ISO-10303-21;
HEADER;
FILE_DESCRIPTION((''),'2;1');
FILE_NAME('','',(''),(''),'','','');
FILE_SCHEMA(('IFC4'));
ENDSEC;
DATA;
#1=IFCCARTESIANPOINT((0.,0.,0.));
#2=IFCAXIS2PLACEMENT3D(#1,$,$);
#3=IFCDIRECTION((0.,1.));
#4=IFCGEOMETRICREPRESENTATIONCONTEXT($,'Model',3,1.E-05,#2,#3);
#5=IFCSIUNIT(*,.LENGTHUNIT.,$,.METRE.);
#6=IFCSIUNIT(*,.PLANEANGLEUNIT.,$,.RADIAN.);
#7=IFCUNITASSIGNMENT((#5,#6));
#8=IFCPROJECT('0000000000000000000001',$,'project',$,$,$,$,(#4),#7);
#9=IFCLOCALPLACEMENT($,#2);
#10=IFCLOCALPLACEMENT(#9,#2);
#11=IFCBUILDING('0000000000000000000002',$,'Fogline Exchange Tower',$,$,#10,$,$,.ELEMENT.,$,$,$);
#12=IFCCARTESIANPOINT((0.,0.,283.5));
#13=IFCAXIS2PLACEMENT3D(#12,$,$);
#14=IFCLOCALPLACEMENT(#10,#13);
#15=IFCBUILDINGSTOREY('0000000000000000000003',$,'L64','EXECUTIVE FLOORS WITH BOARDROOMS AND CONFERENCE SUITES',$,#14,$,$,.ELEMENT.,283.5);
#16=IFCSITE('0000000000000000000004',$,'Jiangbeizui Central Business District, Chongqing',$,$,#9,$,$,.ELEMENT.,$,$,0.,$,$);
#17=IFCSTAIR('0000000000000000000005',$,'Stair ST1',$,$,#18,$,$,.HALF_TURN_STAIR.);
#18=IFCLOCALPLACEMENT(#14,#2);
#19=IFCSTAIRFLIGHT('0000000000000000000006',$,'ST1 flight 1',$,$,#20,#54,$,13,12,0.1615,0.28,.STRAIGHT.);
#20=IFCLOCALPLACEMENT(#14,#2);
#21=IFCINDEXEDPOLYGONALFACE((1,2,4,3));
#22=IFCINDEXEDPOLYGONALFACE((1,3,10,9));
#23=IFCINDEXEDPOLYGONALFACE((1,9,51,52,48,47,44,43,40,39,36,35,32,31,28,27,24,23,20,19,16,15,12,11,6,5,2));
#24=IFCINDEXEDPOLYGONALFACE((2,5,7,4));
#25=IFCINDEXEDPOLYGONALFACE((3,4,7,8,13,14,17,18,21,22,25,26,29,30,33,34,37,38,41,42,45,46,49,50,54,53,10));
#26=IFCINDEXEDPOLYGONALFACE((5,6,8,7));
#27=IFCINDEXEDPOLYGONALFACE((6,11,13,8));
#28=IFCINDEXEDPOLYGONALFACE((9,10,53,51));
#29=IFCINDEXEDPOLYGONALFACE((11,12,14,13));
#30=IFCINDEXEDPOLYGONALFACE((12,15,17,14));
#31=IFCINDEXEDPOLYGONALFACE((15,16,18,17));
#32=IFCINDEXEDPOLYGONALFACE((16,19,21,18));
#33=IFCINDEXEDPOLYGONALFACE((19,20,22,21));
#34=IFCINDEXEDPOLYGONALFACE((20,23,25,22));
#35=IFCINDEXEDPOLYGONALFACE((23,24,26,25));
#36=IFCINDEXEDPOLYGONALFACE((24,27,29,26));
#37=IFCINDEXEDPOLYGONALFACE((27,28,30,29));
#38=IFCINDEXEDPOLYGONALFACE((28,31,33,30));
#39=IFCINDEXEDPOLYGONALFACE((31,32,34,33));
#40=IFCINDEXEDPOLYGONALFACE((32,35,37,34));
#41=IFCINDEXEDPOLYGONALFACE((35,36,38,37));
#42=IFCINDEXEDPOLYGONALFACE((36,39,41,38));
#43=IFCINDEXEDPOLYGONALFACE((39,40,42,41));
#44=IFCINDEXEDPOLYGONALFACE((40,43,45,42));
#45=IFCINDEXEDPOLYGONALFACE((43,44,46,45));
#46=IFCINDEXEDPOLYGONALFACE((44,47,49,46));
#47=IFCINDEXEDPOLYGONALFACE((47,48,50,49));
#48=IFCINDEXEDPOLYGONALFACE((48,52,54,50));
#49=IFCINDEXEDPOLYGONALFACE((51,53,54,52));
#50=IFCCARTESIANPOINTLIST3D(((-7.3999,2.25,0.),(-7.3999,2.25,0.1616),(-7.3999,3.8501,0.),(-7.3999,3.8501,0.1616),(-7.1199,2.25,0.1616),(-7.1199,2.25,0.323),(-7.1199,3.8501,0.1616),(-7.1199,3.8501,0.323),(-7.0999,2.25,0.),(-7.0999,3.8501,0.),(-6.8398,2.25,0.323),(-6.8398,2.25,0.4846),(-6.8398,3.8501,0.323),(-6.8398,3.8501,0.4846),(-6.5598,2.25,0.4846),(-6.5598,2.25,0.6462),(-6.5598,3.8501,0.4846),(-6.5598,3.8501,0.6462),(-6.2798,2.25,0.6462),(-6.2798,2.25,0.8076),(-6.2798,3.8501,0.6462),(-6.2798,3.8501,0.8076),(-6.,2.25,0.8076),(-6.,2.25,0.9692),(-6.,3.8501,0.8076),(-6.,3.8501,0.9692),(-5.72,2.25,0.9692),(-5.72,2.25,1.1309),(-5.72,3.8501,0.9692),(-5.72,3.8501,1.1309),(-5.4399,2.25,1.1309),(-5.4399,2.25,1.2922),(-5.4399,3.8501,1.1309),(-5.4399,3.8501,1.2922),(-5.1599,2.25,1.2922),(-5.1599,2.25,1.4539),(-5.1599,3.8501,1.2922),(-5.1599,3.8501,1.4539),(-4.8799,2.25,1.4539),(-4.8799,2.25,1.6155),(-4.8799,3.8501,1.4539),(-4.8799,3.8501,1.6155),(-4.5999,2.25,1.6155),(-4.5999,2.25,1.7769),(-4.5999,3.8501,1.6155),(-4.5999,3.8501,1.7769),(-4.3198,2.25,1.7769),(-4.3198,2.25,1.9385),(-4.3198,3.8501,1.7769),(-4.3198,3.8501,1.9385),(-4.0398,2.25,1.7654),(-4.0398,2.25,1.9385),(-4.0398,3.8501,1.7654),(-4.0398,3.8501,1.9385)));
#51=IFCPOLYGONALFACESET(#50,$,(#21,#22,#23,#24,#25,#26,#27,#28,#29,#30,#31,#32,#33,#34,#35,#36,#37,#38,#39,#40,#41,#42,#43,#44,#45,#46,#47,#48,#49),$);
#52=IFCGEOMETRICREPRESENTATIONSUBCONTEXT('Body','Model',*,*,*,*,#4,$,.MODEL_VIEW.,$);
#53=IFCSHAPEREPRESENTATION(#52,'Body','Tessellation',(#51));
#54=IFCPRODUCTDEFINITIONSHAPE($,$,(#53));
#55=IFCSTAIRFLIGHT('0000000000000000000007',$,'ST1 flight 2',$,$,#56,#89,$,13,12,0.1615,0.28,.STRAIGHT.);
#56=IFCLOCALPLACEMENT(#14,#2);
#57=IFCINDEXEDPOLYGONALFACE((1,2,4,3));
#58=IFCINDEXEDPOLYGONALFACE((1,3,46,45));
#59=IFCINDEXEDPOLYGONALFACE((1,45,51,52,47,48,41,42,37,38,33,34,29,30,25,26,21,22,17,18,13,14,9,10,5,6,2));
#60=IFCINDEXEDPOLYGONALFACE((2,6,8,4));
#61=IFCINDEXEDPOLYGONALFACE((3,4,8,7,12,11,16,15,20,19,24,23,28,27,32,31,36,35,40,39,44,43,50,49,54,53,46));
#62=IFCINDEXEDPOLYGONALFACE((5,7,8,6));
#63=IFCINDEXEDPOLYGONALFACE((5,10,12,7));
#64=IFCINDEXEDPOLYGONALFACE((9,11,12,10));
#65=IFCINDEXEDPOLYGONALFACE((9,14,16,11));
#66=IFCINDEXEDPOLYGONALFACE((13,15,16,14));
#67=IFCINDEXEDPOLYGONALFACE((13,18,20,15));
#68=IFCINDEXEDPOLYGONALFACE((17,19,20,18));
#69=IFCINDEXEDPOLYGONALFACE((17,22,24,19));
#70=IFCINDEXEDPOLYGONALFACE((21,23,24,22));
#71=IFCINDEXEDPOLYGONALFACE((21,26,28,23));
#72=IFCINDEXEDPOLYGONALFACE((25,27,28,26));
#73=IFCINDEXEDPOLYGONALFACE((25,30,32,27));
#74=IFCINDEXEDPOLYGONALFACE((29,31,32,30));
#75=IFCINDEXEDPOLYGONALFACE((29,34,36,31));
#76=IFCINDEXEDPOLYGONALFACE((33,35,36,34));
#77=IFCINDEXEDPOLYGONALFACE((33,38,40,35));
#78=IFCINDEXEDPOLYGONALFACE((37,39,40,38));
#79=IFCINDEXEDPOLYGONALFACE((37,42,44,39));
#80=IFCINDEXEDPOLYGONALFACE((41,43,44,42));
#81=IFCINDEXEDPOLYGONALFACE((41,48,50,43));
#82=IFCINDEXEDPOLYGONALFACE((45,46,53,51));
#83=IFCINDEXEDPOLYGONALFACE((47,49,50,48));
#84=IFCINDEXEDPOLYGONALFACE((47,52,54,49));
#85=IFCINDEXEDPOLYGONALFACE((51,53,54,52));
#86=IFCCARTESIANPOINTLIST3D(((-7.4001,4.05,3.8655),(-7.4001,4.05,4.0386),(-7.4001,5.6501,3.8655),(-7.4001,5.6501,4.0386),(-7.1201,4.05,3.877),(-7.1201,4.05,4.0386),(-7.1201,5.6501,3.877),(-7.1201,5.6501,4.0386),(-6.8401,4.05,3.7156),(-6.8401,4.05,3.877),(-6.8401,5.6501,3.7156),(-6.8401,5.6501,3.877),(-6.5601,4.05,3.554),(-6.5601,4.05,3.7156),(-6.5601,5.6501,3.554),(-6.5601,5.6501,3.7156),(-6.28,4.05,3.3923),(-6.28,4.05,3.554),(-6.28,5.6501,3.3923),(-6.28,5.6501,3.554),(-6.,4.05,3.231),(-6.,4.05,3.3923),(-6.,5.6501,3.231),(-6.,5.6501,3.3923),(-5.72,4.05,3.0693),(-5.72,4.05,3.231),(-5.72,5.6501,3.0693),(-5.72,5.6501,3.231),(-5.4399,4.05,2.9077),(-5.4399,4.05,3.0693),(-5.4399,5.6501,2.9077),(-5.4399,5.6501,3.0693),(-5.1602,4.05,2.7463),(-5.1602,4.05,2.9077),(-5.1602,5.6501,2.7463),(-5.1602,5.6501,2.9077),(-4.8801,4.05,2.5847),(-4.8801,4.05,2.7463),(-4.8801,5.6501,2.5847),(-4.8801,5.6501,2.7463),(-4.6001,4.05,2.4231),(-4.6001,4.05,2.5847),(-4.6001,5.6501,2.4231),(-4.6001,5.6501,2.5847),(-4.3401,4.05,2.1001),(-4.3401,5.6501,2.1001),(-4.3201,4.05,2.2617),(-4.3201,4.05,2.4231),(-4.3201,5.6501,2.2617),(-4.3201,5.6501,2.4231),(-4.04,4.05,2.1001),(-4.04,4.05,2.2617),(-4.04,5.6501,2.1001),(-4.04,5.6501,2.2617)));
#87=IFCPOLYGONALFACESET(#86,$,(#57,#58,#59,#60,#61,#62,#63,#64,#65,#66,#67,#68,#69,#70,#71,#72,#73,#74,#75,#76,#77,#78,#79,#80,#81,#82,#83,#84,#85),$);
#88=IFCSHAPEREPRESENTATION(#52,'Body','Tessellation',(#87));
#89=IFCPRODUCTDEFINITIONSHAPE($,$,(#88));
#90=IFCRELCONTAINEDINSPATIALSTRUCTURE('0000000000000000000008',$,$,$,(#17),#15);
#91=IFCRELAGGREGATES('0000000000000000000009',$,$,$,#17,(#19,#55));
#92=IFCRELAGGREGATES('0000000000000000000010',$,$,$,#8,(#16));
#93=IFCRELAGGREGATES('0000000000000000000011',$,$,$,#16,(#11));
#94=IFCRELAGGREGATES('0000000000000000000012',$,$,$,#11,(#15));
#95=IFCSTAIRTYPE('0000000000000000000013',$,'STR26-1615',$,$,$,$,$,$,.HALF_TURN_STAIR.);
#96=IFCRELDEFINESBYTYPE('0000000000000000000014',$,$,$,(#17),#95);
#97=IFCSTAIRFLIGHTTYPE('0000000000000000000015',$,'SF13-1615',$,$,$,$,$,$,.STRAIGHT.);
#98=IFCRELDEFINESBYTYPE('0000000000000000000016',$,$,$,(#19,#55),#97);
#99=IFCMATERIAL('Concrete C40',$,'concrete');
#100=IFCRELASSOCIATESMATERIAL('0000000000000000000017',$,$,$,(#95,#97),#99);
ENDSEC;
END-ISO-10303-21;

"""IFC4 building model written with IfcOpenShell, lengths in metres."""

from ifc_helpers import new_model, si_unit, direction, frame, origin, place, context, subcontext, project, spatial, polyline, outline, extrude, material, type_object, element, aggregate, save


model = new_model("IFC4")

# Units and contexts
model_context = context("Model", 3, precision=1e-05, world=origin(), true_north=direction((0.0, 1.0)))
body_context = subcontext(model_context, "Body", "Model", "MODEL_VIEW")
ifc_project = project(units=[si_unit("LENGTHUNIT", "METRE"), si_unit("PLANEANGLEUNIT", "RADIAN")], contexts=[model_context])

# Site, building, storey
site_placement = place(None, origin())
site = spatial("IfcSite", under=ifc_project, at=site_placement, Name="Jiangbeizui Central Business District, Chongqing", CompositionType="ELEMENT", RefElevation=0.0)
building_placement = place(site_placement, origin())
building = spatial("IfcBuilding", under=site, at=building_placement, Name="Fogline Exchange Tower", CompositionType="ELEMENT")
storey_placement = place(building_placement, frame((0.0, 0.0, 283.5)))
storey = spatial("IfcBuildingStorey", under=building, at=storey_placement, Name="L64", Description="EXECUTIVE FLOORS WITH BOARDROOMS AND CONFERENCE SUITES", CompositionType="ELEMENT", Elevation=283.5)

# Shared definitions
ifc_material_1 = material(Name="Concrete C40", Category="concrete")

# Stair, stair flights
stair_type = type_object("IfcStairType", Name="STR26-1615", PredefinedType="HALF_TURN_STAIR", material=ifc_material_1)
stair_placement = place(storey_placement, origin())
stair = element("IfcStair", 1, at=stair_placement, inside=storey, type_object=stair_type, Name="Stair ST1", PredefinedType="HALF_TURN_STAIR")
stair_flight_type = type_object("IfcStairFlightType", Name="SF13-1615", PredefinedType="STRAIGHT", material=ifc_material_1)
stair_flight_1_placement = place(storey_placement, frame((-7.3999, 3.05, 0.0), z_axis=(0.0, 0.0, 1.0), x_axis=(1.0, 0.0, 0.0)))
stair_flight_1 = element("IfcStairFlight", 2, at=stair_flight_1_placement, type_object=stair_flight_type, Name="ST1 flight 1", NumberOfRisers=13, NumberOfTreads=12, PredefinedType="STRAIGHT", RiserHeight=0.1615, TreadLength=0.28, context=body_context, shape_type="SweptSolid", body=[
    extrude(outline(polyline([(0.0, 0.0), (0.0, 0.1616), (0.28, 0.1616), (0.28, 0.323), (0.5601, 0.323), (0.5601, 0.4846), (0.8401, 0.4846), (0.8401, 0.6462), (1.1201, 0.6462), (1.1201, 0.8076), (1.3999, 0.8076), (1.3999, 0.9692), (1.6799, 0.9692), (1.6799, 1.1309), (1.96, 1.1309), (1.96, 1.2922), (2.24, 1.2922), (2.24, 1.4539), (2.52, 1.4539), (2.52, 1.6155), (2.8, 1.6155), (2.8, 1.7769), (3.0801, 1.7769), (3.0801, 1.9385), (3.3601, 1.9385), (3.3601, 2.1001), (3.3601, 1.7654), (0.3, 0.0), (0.0, 0.0)])), frame((0.0, 0.8, 0.0), z_axis=(0.0, -1.0, 0.0), x_axis=(1.0, 0.0, 0.0)), (0.0, 0.0, 1.0), 1.6001),
])
stair_flight_2_placement = place(storey_placement, frame((-4.04, 4.8501, 2.1001), z_axis=(0.0, 0.0, 1.0), x_axis=(-1.0, 0.0, 0.0)))
stair_flight_2 = element("IfcStairFlight", 3, at=stair_flight_2_placement, type_object=stair_flight_type, Name="ST1 flight 2", NumberOfRisers=13, NumberOfTreads=12, PredefinedType="STRAIGHT", RiserHeight=0.1615, TreadLength=0.28, context=body_context, shape_type="SweptSolid", body=[
    extrude(outline(polyline([(0.0, 0.0), (0.0, 0.1616), (0.28, 0.1616), (0.28, 0.323), (0.5601, 0.323), (0.5601, 0.4846), (0.8401, 0.4846), (0.8401, 0.6462), (1.1201, 0.6462), (1.1201, 0.8076), (1.3999, 0.8076), (1.3999, 0.9692), (1.6799, 0.9692), (1.6799, 1.1309), (1.96, 1.1309), (1.96, 1.2922), (2.24, 1.2922), (2.24, 1.4539), (2.52, 1.4539), (2.52, 1.6155), (2.8, 1.6155), (2.8, 1.7769), (3.0801, 1.7769), (3.0801, 1.9385), (3.3601, 1.9385), (3.3601, 2.1001), (3.3601, 1.7654), (0.3, 0.0), (0.0, 0.0)])), frame((0.0, 0.8, 0.0), z_axis=(0.0, -1.0, 0.0), x_axis=(1.0, 0.0, 0.0)), (0.0, 0.0, 1.0), 1.6001),
])
aggregate(stair, [stair_flight_1, stair_flight_2])

save(model, "model.ifc")
